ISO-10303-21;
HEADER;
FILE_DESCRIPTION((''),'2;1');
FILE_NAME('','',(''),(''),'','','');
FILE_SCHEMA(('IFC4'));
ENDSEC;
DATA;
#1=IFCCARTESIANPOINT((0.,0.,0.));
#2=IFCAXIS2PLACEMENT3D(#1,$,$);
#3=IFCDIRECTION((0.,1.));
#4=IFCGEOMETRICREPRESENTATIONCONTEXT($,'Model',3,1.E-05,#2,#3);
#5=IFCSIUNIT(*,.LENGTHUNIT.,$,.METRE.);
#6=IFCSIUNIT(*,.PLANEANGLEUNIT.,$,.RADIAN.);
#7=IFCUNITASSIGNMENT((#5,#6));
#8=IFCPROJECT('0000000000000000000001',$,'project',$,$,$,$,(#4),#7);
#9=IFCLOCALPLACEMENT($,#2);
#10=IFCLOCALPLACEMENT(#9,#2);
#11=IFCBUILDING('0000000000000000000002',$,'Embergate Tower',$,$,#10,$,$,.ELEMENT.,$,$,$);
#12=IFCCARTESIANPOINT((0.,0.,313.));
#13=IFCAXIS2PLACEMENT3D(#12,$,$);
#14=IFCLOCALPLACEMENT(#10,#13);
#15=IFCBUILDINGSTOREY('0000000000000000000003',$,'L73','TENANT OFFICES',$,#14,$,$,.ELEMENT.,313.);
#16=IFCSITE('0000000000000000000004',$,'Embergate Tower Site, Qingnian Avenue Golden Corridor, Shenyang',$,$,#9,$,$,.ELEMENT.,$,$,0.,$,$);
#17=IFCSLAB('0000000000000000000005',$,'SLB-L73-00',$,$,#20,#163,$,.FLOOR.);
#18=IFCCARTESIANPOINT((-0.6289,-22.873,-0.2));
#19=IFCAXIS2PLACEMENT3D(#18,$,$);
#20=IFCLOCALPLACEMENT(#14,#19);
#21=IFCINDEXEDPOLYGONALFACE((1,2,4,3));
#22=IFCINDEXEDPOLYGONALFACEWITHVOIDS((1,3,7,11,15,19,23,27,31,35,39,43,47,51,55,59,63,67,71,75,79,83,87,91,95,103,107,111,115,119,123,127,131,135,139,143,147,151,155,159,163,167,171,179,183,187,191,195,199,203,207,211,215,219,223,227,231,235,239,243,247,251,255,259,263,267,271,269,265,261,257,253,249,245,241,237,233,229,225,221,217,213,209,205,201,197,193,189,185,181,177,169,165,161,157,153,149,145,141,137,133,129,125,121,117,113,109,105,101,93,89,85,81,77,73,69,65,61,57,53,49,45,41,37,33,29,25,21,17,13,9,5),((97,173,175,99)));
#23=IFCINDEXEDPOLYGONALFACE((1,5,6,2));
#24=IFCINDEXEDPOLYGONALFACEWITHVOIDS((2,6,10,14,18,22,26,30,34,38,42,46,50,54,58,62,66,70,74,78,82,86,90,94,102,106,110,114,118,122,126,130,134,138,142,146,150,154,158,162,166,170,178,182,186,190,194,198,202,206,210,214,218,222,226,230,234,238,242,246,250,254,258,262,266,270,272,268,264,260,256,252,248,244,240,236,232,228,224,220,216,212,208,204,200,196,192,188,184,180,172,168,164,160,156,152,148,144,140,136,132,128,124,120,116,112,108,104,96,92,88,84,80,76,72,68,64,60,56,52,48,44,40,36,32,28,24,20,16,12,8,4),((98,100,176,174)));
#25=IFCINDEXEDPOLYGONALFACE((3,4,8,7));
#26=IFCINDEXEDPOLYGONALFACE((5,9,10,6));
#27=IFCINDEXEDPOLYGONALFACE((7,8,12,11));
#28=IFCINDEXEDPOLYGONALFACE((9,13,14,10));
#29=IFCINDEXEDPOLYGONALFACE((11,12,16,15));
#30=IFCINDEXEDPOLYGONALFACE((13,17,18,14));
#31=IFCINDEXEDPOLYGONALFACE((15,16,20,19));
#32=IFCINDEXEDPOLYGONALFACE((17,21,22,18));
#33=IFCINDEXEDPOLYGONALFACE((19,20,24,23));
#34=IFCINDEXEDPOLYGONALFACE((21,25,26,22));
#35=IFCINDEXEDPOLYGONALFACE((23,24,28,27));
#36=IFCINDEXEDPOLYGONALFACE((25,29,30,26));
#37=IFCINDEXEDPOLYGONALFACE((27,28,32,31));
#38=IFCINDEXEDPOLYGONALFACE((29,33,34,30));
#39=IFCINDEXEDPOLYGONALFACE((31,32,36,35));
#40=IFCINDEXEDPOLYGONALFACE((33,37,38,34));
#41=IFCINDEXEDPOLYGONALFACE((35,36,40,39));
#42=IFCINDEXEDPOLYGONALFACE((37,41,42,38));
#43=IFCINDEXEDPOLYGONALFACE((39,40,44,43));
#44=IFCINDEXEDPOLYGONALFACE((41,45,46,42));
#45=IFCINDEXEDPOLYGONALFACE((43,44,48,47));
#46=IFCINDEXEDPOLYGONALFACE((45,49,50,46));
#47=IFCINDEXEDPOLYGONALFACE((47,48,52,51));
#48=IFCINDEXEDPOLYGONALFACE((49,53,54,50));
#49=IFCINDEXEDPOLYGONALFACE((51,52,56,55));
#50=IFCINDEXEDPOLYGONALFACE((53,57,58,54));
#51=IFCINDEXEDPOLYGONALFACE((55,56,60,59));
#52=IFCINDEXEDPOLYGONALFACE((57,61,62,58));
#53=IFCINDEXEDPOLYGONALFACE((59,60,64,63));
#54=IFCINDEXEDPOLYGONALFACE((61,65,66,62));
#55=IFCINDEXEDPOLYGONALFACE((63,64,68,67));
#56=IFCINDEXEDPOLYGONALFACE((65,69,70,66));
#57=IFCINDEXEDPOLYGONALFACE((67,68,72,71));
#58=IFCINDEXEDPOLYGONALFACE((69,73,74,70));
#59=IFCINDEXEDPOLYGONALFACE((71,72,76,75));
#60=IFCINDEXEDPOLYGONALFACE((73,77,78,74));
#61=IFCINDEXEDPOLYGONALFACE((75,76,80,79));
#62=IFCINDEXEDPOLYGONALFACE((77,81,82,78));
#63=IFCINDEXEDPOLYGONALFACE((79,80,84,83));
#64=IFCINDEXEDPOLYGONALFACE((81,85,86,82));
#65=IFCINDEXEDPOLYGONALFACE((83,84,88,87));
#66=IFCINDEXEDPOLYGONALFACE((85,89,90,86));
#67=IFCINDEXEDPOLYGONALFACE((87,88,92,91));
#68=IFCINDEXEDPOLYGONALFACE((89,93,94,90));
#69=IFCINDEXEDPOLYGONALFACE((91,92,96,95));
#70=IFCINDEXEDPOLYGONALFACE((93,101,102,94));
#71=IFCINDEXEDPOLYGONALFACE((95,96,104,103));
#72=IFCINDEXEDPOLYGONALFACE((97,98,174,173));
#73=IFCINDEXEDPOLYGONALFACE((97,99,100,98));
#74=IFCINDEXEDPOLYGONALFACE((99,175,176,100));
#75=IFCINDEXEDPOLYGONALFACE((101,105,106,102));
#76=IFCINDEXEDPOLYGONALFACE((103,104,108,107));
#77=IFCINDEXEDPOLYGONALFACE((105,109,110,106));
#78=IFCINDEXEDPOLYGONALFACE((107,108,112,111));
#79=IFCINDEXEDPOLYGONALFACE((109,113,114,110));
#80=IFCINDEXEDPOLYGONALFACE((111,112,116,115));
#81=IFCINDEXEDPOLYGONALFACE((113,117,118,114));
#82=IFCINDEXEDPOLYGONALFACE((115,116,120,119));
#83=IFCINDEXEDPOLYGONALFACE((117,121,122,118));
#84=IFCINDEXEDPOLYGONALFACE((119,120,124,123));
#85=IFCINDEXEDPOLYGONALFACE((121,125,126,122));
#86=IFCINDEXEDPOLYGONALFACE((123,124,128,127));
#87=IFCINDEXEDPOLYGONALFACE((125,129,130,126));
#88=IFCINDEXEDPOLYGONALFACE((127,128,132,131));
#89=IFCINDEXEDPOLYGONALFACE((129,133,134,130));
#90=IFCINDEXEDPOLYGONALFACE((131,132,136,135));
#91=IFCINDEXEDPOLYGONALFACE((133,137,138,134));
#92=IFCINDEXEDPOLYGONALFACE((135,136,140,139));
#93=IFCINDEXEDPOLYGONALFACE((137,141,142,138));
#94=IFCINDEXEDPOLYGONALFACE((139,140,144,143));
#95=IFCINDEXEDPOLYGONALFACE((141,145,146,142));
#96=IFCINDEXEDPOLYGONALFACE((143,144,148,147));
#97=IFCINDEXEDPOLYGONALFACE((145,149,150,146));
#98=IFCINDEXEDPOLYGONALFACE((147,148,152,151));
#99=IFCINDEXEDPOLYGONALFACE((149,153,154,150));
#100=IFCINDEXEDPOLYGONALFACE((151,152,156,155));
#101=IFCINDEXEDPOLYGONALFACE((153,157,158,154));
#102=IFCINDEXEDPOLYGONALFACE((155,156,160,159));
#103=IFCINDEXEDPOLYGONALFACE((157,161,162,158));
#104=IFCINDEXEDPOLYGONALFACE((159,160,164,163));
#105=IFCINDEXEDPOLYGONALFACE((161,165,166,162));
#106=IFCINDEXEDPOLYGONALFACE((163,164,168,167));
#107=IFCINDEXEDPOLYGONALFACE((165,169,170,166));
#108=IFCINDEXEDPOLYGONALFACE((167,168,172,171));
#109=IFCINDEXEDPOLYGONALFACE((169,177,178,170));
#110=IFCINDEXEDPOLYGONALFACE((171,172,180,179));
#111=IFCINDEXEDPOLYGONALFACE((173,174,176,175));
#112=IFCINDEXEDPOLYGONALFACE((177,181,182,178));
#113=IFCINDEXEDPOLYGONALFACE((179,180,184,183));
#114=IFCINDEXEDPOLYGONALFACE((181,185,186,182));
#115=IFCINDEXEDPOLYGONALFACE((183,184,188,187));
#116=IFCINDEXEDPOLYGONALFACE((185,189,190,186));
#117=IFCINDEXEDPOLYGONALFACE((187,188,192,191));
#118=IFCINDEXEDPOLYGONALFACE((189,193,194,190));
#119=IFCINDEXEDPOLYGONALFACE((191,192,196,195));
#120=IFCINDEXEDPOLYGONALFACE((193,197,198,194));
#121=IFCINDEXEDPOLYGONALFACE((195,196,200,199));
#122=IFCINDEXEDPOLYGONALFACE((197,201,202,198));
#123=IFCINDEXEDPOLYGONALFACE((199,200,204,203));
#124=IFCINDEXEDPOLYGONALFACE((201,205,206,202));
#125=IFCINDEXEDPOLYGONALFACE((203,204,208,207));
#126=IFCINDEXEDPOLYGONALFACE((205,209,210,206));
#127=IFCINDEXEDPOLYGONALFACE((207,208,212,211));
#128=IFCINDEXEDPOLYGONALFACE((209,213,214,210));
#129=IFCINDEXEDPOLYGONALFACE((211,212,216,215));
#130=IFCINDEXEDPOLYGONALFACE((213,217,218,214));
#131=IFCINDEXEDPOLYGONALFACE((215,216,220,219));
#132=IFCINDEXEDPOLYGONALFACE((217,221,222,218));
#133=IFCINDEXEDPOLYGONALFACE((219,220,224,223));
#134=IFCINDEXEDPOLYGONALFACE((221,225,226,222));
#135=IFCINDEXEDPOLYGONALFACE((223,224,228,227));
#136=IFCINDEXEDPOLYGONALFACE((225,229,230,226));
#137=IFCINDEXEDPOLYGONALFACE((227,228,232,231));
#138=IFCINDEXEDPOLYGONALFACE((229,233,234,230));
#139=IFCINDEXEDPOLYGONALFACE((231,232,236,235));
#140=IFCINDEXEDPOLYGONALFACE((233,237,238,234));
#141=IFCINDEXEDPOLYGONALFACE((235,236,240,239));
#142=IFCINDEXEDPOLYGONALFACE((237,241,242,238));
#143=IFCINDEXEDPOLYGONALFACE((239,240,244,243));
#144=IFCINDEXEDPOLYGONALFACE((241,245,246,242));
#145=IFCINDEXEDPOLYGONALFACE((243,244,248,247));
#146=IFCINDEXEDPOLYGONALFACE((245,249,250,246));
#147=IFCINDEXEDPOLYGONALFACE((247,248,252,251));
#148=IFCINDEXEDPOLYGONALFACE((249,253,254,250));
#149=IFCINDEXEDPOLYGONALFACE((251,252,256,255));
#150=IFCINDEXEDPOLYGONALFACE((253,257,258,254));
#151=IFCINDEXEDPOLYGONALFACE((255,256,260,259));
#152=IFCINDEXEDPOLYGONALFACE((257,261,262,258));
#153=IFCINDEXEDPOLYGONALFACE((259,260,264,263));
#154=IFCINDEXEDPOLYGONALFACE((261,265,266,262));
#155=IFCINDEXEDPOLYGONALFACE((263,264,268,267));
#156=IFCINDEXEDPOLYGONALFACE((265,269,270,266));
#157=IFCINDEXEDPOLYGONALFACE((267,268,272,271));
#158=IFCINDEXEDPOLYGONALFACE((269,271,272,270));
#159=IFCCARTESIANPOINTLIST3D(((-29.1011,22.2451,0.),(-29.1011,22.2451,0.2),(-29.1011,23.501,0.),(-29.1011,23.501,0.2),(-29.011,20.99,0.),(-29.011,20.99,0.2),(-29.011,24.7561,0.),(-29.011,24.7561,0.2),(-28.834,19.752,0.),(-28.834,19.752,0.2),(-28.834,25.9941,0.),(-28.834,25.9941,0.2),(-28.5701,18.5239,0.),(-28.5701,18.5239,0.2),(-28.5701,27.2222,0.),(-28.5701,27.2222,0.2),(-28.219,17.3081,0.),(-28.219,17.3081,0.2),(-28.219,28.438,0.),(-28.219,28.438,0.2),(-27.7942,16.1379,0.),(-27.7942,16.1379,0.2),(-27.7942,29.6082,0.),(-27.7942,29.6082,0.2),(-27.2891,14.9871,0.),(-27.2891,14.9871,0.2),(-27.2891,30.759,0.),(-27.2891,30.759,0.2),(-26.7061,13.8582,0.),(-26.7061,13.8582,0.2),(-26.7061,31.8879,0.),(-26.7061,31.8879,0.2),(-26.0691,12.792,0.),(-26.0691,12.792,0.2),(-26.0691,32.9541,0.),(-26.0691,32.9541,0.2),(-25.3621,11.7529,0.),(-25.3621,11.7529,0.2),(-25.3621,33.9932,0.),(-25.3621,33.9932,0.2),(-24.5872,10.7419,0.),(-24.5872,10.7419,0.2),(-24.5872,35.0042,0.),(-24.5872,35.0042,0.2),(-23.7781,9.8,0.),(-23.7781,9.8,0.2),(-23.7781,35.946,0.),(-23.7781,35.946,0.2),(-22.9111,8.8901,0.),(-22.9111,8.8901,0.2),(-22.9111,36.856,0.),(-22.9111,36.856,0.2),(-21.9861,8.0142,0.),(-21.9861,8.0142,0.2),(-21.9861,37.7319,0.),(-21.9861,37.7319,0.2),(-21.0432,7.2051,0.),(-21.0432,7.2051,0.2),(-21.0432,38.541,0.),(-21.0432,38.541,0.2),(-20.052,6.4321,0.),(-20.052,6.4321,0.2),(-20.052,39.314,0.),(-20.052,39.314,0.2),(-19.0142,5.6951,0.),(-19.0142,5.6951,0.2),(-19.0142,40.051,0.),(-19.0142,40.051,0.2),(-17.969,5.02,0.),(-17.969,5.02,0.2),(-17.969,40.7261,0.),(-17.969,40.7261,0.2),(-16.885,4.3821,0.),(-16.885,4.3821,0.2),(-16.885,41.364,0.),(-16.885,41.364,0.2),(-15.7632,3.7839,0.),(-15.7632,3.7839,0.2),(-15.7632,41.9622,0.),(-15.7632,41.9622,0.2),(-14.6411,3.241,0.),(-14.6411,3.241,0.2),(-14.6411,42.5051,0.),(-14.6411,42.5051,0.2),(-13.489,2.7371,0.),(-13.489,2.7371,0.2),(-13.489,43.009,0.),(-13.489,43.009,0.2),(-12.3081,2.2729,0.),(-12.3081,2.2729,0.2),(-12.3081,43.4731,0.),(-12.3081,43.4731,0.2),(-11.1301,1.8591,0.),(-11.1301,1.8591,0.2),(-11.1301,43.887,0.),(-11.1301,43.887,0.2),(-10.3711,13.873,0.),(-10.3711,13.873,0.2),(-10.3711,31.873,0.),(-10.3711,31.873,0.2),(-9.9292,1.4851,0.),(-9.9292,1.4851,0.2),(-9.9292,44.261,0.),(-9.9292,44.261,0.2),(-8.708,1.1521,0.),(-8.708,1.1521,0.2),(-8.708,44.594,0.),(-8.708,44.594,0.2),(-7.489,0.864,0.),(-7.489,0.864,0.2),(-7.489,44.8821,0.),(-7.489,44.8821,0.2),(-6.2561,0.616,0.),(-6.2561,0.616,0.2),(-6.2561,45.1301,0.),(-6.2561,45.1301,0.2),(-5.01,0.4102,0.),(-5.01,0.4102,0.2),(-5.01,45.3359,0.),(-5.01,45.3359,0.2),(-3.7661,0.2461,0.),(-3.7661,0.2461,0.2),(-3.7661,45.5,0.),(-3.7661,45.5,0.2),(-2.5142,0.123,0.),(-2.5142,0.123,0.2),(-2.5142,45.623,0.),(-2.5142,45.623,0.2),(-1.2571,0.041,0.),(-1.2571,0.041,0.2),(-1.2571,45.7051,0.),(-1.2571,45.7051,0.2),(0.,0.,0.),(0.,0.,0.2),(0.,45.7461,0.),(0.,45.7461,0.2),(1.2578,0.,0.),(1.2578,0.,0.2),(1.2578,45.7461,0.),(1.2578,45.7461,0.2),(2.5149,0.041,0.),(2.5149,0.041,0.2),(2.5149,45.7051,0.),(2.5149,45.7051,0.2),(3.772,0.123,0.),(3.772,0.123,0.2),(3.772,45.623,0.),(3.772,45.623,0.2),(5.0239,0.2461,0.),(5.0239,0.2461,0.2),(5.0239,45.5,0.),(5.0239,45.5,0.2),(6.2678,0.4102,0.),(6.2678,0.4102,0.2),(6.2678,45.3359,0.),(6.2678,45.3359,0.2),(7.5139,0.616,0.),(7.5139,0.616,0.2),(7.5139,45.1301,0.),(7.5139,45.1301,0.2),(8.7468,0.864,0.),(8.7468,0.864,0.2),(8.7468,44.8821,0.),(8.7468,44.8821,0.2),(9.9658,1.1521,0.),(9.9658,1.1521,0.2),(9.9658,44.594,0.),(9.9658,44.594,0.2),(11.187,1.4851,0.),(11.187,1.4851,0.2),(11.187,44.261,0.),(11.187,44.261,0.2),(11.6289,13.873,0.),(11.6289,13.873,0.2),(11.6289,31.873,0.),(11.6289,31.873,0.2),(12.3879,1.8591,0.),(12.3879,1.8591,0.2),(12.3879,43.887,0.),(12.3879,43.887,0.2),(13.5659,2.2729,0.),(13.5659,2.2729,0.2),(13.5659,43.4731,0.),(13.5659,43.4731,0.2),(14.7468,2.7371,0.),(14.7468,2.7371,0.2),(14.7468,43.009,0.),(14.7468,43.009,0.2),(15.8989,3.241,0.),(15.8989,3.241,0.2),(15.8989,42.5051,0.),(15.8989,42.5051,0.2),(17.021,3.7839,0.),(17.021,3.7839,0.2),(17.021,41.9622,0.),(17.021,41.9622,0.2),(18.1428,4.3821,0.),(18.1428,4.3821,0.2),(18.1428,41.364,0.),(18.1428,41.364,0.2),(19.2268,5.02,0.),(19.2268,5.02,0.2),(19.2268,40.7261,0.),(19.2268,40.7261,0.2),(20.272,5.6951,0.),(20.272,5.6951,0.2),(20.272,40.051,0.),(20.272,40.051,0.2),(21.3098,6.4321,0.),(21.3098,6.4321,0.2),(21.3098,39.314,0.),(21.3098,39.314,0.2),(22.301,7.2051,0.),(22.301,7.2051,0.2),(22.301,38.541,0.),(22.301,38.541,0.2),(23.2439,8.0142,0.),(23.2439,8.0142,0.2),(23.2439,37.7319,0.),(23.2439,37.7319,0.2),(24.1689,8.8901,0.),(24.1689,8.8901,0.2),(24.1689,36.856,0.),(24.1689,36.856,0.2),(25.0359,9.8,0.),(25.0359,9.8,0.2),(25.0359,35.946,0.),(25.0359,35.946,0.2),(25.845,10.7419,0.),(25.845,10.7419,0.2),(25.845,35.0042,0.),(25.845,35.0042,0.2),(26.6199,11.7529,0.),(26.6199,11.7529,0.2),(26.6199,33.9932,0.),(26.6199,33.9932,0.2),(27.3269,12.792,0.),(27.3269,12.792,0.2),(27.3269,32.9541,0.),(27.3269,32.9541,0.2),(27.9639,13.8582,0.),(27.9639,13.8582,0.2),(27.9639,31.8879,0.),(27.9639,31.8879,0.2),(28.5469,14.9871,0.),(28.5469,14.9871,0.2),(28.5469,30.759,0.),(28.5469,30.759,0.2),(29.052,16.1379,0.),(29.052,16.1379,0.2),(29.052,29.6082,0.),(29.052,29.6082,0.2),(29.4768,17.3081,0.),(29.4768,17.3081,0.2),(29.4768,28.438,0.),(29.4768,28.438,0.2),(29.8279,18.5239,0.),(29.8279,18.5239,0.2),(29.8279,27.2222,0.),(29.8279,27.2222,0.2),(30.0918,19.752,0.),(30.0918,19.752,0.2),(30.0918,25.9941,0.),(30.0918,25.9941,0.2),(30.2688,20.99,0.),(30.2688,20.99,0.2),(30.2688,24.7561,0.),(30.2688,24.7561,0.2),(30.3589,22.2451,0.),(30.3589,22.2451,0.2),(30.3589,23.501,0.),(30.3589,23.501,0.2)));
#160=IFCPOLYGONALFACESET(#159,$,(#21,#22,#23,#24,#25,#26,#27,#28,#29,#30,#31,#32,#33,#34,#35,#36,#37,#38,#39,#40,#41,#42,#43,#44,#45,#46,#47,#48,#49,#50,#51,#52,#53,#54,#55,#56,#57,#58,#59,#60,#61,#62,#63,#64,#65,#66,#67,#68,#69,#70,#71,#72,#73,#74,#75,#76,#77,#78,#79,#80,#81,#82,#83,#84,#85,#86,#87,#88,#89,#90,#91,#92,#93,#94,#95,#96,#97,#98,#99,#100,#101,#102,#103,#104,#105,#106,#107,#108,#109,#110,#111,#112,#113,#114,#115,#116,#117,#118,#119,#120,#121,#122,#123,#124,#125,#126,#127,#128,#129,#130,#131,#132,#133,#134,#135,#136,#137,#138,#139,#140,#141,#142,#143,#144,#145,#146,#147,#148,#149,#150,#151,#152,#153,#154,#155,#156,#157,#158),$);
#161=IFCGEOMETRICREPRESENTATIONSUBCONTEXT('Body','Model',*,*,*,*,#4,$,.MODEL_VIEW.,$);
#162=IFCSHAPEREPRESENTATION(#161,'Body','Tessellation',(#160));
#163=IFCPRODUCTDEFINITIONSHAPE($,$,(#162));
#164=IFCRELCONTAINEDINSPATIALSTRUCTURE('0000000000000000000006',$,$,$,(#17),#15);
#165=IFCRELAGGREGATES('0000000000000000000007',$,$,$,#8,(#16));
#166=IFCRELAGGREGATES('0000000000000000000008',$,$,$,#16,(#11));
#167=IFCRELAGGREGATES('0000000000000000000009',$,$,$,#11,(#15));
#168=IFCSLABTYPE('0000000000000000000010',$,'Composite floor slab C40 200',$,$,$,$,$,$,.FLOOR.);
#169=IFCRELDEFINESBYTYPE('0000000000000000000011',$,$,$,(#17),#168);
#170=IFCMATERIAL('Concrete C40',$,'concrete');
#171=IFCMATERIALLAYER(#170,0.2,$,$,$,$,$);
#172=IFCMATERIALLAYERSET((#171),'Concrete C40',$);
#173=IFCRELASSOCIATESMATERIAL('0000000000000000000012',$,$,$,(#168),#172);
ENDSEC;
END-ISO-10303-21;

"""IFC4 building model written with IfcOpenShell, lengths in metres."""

from ifc_helpers import new_model, si_unit, direction, frame, origin, place, context, subcontext, project, spatial, polyline, outline, extrude, source, transform, mapped, material, layer, layer_set, type_object, element, save


model = new_model("IFC4")

# Units and contexts
model_context = context("Model", 3, precision=1e-05, world=origin(), true_north=direction((0.0, 1.0)))
body_context = subcontext(model_context, "Body", "Model", "MODEL_VIEW")
ifc_project = project(units=[si_unit("LENGTHUNIT", "METRE"), si_unit("PLANEANGLEUNIT", "RADIAN")], contexts=[model_context])

# Site, building, storey
site_placement = place(None, origin())
site = spatial("IfcSite", under=ifc_project, at=site_placement, Name="Embergate Tower Site, Qingnian Avenue Golden Corridor, Shenyang", CompositionType="ELEMENT", RefElevation=0.0)
building_placement = place(site_placement, origin())
building = spatial("IfcBuilding", under=site, at=building_placement, Name="Embergate Tower", CompositionType="ELEMENT")
storey_placement = place(building_placement, frame((0.0, 0.0, 313.0)))
storey = spatial("IfcBuildingStorey", under=building, at=storey_placement, Name="L73", Description="TENANT OFFICES", CompositionType="ELEMENT", Elevation=313.0)

# Slab
ifc_material_1 = material(Name="Concrete C40", Category="concrete")
ifc_layer_1 = layer(ifc_material_1, 0.2)
ifc_layer_set_1 = layer_set([ifc_layer_1], Name="Concrete C40")
slab_type = type_object("IfcSlabType", Name="Composite floor slab C40 200", PredefinedType="FLOOR", material=ifc_layer_set_1)
shared_shape_1 = source(origin(), body_context, "Body", "SweptSolid", [
    extrude(outline(polyline([(0.0, 0.0), (1.2578, 0.0), (2.5149, 0.041), (3.772, 0.123), (5.0239, 0.2461), (6.2678, 0.4102), (7.5139, 0.616), (8.7468, 0.864), (9.9658, 1.1521), (11.187, 1.4851), (12.3879, 1.8591), (13.5659, 2.2729), (14.7468, 2.7371), (15.8989, 3.241), (17.021, 3.7839), (18.1428, 4.3821), (19.2268, 5.02), (20.272, 5.6951), (21.3098, 6.4321), (22.301, 7.2051), (23.2439, 8.0142), (24.1689, 8.8901), (25.0359, 9.8), (25.845, 10.7419), (26.6199, 11.7529), (27.3269, 12.792), (27.9639, 13.8582), (28.5469, 14.9871), (29.052, 16.1379), (29.4768, 17.3081), (29.8279, 18.5239), (30.0918, 19.752), (30.2688, 20.99), (30.3589, 22.2451), (30.3589, 23.501), (30.2688, 24.7561), (30.0918, 25.9941), (29.8279, 27.2222), (29.4768, 28.438), (29.052, 29.6082), (28.5469, 30.759), (27.9639, 31.8879), (27.3269, 32.9541), (26.6199, 33.9932), (25.845, 35.0042), (25.0359, 35.946), (24.1689, 36.856), (23.2439, 37.7319), (22.301, 38.541), (21.3098, 39.314), (20.272, 40.051), (19.2268, 40.7261), (18.1428, 41.364), (17.021, 41.9622), (15.8989, 42.5051), (14.7468, 43.009), (13.5659, 43.4731), (12.3879, 43.887), (11.187, 44.261), (9.9658, 44.594), (8.7468, 44.8821), (7.5139, 45.1301), (6.2678, 45.3359), (5.0239, 45.5), (3.772, 45.623), (2.5149, 45.7051), (1.2578, 45.7461), (0.0, 45.7461), (-1.2571, 45.7051), (-2.5142, 45.623), (-3.7661, 45.5), (-5.01, 45.3359), (-6.2561, 45.1301), (-7.489, 44.8821), (-8.708, 44.594), (-9.9292, 44.261), (-11.1301, 43.887), (-12.3081, 43.4731), (-13.489, 43.009), (-14.6411, 42.5051), (-15.7632, 41.9622), (-16.885, 41.364), (-17.969, 40.7261), (-19.0142, 40.051), (-20.052, 39.314), (-21.0432, 38.541), (-21.9861, 37.7319), (-22.9111, 36.856), (-23.7781, 35.946), (-24.5872, 35.0042), (-25.3621, 33.9932), (-26.0691, 32.9541), (-26.7061, 31.8879), (-27.2891, 30.759), (-27.7942, 29.6082), (-28.219, 28.438), (-28.5701, 27.2222), (-28.834, 25.9941), (-29.011, 24.7561), (-29.1011, 23.501), (-29.1011, 22.2451), (-29.011, 20.99), (-28.834, 19.752), (-28.5701, 18.5239), (-28.219, 17.3081), (-27.7942, 16.1379), (-27.2891, 14.9871), (-26.7061, 13.8582), (-26.0691, 12.792), (-25.3621, 11.7529), (-24.5872, 10.7419), (-23.7781, 9.8), (-22.9111, 8.8901), (-21.9861, 8.0142), (-21.0432, 7.2051), (-20.052, 6.4321), (-19.0142, 5.6951), (-17.969, 5.02), (-16.885, 4.3821), (-15.7632, 3.7839), (-14.6411, 3.241), (-13.489, 2.7371), (-12.3081, 2.2729), (-11.1301, 1.8591), (-9.9292, 1.4851), (-8.708, 1.1521), (-7.489, 0.864), (-6.2561, 0.616), (-5.01, 0.4102), (-3.7661, 0.2461), (-2.5142, 0.123), (-1.2571, 0.041), (0.0, 0.0)]), holes=[polyline([(-10.3711, 13.873), (-10.3711, 31.873), (11.6289, 31.873), (11.6289, 13.873), (-10.3711, 13.873)])]), origin(), (0.0, 0.0, 1.0), 0.2),
])
slab_placement = place(storey_placement, frame((-0.6289, -22.873, -0.2)))
element("IfcSlab", 1, at=slab_placement, inside=storey, type_object=slab_type, Name="SLB-L73-00", PredefinedType="FLOOR", context=body_context, shape_type="MappedRepresentation", body=[
    mapped(shared_shape_1, transform((0.0, 0.0, 0.0))),
])

save(model, "model.ifc")
